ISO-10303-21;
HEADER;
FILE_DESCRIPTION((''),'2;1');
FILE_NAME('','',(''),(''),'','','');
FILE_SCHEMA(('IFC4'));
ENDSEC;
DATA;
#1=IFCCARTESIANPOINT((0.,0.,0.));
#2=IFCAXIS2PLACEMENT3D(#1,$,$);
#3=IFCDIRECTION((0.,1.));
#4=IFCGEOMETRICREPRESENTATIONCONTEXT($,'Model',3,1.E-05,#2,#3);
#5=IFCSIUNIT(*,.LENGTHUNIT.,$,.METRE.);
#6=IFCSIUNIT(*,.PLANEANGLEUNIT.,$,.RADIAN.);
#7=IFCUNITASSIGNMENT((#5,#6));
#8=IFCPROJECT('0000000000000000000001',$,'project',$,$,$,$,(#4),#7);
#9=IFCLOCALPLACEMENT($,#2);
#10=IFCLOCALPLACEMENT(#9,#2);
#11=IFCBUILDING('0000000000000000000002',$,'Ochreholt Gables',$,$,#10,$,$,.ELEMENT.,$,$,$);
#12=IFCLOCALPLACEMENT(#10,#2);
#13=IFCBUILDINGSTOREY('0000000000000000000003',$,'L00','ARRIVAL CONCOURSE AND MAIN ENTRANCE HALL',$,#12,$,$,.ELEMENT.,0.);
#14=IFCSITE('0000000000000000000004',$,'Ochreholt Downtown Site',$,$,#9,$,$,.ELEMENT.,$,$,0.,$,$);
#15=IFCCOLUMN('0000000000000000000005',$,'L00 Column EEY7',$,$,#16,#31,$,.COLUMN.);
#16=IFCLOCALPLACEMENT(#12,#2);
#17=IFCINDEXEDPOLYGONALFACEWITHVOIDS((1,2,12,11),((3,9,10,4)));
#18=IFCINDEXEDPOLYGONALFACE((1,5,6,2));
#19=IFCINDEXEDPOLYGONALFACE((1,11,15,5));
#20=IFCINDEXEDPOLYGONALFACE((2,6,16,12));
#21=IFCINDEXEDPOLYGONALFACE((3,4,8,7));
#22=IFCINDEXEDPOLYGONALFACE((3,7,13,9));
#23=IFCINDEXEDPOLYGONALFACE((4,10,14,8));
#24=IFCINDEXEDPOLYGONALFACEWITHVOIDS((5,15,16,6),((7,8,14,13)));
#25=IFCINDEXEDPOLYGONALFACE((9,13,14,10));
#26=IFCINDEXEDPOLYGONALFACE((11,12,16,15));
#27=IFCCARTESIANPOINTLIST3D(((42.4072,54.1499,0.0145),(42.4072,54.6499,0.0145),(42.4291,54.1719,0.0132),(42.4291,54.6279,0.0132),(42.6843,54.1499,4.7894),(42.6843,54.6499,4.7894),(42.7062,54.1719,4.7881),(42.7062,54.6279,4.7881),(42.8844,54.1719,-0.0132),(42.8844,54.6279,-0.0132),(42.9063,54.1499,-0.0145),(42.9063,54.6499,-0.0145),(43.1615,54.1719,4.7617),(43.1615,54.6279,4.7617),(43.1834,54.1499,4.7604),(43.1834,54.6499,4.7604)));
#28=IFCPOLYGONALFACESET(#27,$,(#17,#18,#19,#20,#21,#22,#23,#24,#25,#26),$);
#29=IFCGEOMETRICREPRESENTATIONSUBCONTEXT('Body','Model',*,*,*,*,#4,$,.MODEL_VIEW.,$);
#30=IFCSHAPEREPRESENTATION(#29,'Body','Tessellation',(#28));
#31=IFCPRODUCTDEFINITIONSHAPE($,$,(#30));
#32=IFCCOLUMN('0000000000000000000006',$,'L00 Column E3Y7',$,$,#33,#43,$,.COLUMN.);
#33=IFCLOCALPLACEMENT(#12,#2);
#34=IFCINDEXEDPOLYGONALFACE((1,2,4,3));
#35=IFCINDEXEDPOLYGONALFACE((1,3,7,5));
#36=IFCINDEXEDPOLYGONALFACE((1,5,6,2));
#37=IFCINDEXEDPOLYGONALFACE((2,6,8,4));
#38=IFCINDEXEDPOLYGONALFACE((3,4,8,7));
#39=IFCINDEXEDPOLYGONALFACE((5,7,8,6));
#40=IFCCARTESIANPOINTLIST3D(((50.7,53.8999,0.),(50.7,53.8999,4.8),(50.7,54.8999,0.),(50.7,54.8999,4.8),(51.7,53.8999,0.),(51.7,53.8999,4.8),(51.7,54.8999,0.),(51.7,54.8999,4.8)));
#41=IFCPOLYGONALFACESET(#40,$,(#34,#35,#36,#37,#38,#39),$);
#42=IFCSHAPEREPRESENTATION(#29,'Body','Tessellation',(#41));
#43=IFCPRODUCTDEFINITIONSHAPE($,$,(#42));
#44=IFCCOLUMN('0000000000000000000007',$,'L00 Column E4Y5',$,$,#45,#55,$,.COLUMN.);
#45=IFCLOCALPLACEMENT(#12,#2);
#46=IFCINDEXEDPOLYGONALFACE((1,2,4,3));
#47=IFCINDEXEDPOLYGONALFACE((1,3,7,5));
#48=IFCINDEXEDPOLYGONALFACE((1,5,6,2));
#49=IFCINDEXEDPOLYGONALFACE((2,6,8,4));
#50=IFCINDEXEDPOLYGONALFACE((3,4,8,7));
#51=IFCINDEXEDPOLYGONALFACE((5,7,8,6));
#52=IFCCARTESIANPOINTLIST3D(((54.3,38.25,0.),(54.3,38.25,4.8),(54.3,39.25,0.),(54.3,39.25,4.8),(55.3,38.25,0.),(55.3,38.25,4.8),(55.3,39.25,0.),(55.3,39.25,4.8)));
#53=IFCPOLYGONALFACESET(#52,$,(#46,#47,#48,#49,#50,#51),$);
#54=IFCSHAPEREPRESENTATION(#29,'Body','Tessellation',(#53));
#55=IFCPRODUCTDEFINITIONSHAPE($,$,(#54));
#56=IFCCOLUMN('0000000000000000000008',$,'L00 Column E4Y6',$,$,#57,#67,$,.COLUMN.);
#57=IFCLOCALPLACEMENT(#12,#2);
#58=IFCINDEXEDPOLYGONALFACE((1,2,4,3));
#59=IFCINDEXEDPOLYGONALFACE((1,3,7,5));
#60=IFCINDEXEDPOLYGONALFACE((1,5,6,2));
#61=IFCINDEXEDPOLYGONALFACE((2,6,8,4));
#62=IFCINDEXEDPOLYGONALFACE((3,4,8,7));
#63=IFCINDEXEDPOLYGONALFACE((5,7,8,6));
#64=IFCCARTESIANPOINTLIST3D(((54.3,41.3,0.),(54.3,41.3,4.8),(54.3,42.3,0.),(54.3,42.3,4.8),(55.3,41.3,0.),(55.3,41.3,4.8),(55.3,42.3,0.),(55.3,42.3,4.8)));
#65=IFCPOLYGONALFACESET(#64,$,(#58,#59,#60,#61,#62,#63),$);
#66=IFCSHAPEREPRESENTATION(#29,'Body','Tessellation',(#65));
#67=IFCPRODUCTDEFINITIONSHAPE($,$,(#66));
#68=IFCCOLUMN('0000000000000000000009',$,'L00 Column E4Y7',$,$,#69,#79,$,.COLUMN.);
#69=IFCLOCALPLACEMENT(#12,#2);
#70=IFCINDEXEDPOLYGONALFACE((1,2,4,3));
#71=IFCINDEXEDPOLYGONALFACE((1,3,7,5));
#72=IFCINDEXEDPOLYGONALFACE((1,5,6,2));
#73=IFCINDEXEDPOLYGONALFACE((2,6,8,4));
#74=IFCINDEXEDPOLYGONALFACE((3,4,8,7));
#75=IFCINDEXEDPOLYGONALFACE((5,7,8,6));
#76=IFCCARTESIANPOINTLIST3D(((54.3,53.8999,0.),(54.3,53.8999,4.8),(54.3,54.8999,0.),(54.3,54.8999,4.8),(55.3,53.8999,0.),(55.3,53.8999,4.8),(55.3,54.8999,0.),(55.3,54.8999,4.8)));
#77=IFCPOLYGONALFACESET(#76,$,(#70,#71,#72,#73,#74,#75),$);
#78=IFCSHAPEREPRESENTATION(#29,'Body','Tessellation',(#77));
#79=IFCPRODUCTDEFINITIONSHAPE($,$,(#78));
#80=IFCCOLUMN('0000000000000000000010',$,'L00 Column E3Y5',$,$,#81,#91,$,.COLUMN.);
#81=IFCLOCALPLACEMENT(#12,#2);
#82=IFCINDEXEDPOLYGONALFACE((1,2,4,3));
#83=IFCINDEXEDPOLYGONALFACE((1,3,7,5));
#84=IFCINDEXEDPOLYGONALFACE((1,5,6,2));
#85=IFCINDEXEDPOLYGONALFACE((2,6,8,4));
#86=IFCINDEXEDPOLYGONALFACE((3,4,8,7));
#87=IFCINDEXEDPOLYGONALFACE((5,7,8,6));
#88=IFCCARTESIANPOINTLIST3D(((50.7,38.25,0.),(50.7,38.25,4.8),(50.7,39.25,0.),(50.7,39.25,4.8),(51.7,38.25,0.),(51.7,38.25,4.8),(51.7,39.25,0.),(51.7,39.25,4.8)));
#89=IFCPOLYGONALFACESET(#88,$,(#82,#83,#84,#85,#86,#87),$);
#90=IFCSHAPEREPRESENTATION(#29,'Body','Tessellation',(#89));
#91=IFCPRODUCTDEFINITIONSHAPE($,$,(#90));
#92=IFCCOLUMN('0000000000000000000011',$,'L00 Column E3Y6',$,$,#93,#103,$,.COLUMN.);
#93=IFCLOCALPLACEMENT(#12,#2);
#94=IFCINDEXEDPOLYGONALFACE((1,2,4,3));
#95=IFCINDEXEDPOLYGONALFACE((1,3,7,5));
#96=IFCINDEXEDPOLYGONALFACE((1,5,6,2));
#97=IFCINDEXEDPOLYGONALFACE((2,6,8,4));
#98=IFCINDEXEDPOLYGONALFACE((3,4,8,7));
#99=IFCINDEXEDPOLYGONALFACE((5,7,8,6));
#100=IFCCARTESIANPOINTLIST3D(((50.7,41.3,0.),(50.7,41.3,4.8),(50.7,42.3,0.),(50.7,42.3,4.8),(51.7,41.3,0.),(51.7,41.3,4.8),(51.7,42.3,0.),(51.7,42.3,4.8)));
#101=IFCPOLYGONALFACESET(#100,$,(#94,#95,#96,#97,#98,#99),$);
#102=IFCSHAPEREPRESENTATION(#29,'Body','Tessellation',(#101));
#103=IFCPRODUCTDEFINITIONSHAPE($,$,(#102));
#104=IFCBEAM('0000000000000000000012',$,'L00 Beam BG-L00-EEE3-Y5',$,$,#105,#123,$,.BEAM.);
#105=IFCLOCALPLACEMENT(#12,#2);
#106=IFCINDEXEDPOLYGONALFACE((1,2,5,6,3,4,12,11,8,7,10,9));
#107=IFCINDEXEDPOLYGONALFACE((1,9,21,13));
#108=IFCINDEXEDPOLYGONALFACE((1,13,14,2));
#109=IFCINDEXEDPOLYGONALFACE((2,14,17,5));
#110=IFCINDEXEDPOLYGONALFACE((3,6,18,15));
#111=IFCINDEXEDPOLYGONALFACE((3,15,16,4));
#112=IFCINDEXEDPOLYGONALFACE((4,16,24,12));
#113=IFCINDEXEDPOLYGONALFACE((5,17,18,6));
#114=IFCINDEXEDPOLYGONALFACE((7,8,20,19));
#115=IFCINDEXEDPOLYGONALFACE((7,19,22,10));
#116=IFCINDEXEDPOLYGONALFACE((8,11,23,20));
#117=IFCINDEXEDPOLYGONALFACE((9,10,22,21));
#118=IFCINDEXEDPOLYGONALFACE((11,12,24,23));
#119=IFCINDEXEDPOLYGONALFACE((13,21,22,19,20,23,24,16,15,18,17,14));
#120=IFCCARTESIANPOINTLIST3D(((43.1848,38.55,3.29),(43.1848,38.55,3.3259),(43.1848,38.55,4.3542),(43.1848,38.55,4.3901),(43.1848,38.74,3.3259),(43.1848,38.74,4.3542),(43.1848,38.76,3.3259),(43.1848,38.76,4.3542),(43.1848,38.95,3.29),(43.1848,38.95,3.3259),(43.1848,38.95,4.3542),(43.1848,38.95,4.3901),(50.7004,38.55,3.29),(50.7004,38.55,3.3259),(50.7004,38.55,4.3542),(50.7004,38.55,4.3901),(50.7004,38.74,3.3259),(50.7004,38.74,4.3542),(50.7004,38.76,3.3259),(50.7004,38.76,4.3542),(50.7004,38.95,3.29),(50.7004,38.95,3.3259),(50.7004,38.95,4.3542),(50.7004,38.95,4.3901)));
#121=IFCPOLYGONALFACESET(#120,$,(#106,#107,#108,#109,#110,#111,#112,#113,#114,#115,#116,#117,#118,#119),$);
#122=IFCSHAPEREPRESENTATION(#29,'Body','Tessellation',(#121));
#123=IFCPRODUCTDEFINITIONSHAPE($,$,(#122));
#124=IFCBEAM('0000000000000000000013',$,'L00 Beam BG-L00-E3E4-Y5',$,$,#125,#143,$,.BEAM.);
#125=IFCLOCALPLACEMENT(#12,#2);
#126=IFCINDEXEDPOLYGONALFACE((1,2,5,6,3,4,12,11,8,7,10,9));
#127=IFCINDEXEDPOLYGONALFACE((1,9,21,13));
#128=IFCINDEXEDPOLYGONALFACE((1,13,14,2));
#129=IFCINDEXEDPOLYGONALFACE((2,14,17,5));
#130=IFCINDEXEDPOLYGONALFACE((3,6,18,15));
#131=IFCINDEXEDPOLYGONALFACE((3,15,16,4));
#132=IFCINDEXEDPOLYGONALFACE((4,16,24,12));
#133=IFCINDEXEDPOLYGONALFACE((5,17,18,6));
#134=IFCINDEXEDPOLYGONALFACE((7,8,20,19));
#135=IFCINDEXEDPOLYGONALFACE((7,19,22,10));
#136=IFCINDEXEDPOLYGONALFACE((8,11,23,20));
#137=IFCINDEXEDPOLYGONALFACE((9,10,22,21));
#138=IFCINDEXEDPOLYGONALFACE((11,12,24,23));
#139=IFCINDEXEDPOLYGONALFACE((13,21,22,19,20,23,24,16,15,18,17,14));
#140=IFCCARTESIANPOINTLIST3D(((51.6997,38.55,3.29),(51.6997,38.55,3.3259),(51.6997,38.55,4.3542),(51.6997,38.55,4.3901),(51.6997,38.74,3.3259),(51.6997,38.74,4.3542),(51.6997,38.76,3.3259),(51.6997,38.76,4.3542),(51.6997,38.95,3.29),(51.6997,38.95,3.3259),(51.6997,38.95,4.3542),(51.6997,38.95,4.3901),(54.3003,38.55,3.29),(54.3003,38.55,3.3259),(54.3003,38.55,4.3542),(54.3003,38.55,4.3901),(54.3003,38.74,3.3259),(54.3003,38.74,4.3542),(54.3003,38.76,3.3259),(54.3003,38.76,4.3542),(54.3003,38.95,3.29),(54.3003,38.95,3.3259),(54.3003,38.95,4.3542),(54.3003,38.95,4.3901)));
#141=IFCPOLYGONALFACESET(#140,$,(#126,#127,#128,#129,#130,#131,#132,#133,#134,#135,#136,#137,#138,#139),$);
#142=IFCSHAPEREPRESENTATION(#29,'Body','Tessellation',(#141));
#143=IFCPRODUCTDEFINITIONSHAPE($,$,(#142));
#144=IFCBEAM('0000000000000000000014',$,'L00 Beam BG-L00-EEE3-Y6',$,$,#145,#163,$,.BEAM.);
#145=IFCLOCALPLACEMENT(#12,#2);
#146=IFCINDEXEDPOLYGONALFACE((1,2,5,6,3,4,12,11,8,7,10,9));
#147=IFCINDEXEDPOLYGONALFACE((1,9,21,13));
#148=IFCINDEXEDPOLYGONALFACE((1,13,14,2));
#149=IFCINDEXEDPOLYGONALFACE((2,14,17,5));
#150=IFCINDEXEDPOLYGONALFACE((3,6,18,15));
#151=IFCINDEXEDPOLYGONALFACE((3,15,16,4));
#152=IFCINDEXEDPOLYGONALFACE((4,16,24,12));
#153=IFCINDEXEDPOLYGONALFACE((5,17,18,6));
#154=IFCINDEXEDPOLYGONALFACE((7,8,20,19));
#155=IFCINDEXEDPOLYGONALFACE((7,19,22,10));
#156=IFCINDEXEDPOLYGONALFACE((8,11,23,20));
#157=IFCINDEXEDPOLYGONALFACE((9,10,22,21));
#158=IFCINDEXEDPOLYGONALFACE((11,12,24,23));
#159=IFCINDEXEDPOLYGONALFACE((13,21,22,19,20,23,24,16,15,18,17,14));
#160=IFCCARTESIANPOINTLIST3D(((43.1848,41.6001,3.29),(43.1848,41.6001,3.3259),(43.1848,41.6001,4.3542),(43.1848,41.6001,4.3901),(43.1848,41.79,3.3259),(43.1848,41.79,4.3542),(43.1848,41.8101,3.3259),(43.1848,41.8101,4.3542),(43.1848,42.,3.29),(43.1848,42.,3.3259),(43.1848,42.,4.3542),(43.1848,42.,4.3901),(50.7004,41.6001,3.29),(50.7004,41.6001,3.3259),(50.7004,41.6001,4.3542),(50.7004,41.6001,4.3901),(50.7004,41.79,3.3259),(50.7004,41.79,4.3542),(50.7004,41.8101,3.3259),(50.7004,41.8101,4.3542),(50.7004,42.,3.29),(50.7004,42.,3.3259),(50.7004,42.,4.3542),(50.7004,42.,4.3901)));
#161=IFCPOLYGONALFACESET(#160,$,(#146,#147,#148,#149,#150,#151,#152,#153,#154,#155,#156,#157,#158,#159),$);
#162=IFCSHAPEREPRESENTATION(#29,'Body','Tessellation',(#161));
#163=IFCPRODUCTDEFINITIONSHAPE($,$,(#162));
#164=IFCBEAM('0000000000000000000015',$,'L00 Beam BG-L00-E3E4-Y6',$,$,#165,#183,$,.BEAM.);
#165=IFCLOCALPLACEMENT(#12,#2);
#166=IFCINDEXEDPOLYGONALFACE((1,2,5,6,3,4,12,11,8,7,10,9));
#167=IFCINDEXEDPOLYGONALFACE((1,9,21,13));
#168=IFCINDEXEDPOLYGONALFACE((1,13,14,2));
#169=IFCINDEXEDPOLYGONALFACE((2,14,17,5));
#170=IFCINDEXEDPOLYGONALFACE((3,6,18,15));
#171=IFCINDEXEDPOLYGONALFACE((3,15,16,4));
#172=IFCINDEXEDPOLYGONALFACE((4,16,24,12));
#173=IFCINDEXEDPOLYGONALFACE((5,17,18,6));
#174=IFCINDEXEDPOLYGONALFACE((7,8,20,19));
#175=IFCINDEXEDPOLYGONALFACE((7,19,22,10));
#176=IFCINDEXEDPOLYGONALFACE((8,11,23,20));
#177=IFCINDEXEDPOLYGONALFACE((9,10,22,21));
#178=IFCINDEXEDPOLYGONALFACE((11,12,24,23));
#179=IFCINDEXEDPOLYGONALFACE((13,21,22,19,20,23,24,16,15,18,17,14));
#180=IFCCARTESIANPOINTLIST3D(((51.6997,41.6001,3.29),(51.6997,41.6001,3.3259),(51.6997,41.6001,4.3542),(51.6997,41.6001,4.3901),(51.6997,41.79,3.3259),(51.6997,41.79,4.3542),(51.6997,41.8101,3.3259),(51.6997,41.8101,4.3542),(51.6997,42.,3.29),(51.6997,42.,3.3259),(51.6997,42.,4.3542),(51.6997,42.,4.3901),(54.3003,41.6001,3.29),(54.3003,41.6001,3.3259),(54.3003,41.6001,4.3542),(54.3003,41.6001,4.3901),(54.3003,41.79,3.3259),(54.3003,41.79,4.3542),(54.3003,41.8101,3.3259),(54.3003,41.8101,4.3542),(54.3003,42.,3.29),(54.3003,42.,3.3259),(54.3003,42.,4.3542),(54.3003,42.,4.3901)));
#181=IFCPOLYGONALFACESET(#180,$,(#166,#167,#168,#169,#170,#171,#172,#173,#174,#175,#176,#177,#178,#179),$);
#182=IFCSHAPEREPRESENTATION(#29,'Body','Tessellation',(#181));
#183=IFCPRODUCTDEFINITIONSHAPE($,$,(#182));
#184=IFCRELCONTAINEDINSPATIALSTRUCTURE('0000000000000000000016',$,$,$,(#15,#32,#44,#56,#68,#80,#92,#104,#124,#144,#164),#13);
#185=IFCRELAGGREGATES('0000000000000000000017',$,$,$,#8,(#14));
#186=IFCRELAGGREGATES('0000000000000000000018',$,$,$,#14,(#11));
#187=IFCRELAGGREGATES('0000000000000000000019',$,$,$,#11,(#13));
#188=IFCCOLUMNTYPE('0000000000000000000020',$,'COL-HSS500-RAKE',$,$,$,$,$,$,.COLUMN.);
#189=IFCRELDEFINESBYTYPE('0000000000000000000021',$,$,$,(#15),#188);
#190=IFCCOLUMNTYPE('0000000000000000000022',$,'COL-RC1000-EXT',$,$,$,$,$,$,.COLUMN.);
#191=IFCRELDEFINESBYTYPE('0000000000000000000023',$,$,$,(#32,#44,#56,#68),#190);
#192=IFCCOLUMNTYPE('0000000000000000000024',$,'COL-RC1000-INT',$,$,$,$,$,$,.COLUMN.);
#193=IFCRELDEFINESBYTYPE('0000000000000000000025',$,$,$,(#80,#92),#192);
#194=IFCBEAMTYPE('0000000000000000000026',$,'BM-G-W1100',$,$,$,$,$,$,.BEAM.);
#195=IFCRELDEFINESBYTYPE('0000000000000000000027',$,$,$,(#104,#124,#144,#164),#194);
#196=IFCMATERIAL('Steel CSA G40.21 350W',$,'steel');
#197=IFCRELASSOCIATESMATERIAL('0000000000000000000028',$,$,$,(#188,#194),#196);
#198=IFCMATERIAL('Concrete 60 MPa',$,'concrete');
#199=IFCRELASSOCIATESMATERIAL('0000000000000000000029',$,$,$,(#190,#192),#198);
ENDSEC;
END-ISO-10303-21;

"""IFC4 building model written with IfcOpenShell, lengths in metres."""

from ifc_helpers import new_model, si_unit, direction, frame, origin, origin_2d, place, context, subcontext, project, spatial, rectangle, hollow_rectangle, i_section, extrude, material, material_profile, profile_set, type_object, element, save


model = new_model("IFC4")

# Units and contexts
model_context = context("Model", 3, precision=1e-05, world=origin(), true_north=direction((0.0, 1.0)))
body_context = subcontext(model_context, "Body", "Model", "MODEL_VIEW")
ifc_project = project(units=[si_unit("LENGTHUNIT", "METRE"), si_unit("PLANEANGLEUNIT", "RADIAN")], contexts=[model_context])

# Site, building, storey
site_placement = place(None, origin())
site = spatial("IfcSite", under=ifc_project, at=site_placement, Name="Ochreholt Downtown Site", CompositionType="ELEMENT", RefElevation=0.0)
building_placement = place(site_placement, origin())
building = spatial("IfcBuilding", under=site, at=building_placement, Name="Ochreholt Gables", CompositionType="ELEMENT")
storey_placement = place(building_placement, origin())
storey = spatial("IfcBuildingStorey", under=building, at=storey_placement, Name="L00", Description="ARRIVAL CONCOURSE AND MAIN ENTRANCE HALL", CompositionType="ELEMENT", Elevation=0.0)

# Columns
ifc_material_1 = material(Name="Steel CSA G40.21 350W", Category="steel")
ifc_material_profile_1 = material_profile(ifc_material_1, hollow_rectangle(XDim=0.5, YDim=0.5, WallThickness=0.022, at=origin_2d()), Name="HSS500X500X22")
ifc_profile_set_1 = profile_set([ifc_material_profile_1], Name="Steel CSA G40.21 350W")
column_type_1 = type_object("IfcColumnType", Name="COL-HSS500-RAKE", PredefinedType="COLUMN", material=ifc_profile_set_1)
column_placement = place(storey_placement, frame((42.6567, 54.3999, 0.0), z_axis=(0.057935, 0.0, 0.99832), x_axis=(0.0, 1.0, 0.0)))
element("IfcColumn", 1, at=column_placement, inside=storey, type_object=column_type_1, Name="L00 Column EEY7", PredefinedType="COLUMN", context=body_context, shape_type="SweptSolid", body=[
    extrude(hollow_rectangle(XDim=0.5, YDim=0.5, WallThickness=0.022, at=origin_2d()), origin(), (0.0, 0.0, 1.0), 4.783),
])
ifc_material_2 = material(Name="Concrete 60 MPa", Category="concrete")
ifc_material_profile_2 = material_profile(ifc_material_2, rectangle(XDim=1.0, YDim=1.0, at=origin_2d()), Name="RC1000X1000")
ifc_profile_set_2 = profile_set([ifc_material_profile_2], Name="Concrete 60 MPa")
column_type_2 = type_object("IfcColumnType", Name="COL-RC1000-EXT", PredefinedType="COLUMN", material=ifc_profile_set_2)
for number, where, z_axis, x_axis, name in (
    (2, (51.2, 54.3999, 0.0), (0.0, 0.0, 1.0), (1.0, 0.0, 0.0), "L00 Column E3Y7"),
    (3, (54.8, 38.75, 0.0), (0.0, 0.0, 1.0), (1.0, 0.0, 0.0), "L00 Column E4Y5"),
    (4, (54.8, 41.8, 0.0), (0.0, 0.0, 1.0), (1.0, 0.0, 0.0), "L00 Column E4Y6"),
    (5, (54.8, 54.3999, 0.0), (0.0, 0.0, 1.0), (1.0, 0.0, 0.0), "L00 Column E4Y7"),
):
    element("IfcColumn", number, at=place(storey_placement, frame(where, z_axis=z_axis, x_axis=x_axis)), inside=storey, type_object=column_type_2, Name=name, PredefinedType="COLUMN", context=body_context, shape_type="SweptSolid", body=[
        extrude(rectangle(XDim=1.0, YDim=1.0, at=origin_2d()), origin(), (0.0, 0.0, 1.0), 4.8),
    ])
ifc_material_profile_3 = material_profile(ifc_material_2, rectangle(XDim=1.0, YDim=1.0, at=origin_2d()), Name="RC1000X1000")
ifc_profile_set_3 = profile_set([ifc_material_profile_3], Name="Concrete 60 MPa")
column_type_3 = type_object("IfcColumnType", Name="COL-RC1000-INT", PredefinedType="COLUMN", material=ifc_profile_set_3)
for number, where, z_axis, x_axis, name in (
    (6, (51.2, 38.75, 0.0), (0.0, 0.0, 1.0), (1.0, 0.0, 0.0), "L00 Column E3Y5"),
    (7, (51.2, 41.8, 0.0), (0.0, 0.0, 1.0), (1.0, 0.0, 0.0), "L00 Column E3Y6"),
):
    element("IfcColumn", number, at=place(storey_placement, frame(where, z_axis=z_axis, x_axis=x_axis)), inside=storey, type_object=column_type_3, Name=name, PredefinedType="COLUMN", context=body_context, shape_type="SweptSolid", body=[
        extrude(rectangle(XDim=1.0, YDim=1.0, at=origin_2d()), origin(), (0.0, 0.0, 1.0), 4.8),
    ])

# Beams
ifc_material_profile_4 = material_profile(ifc_material_1, i_section(OverallWidth=0.3999, OverallDepth=1.1001, WebThickness=0.02, FlangeThickness=0.0359, at=origin_2d()), Name="W1100X390")
ifc_profile_set_4 = profile_set([ifc_material_profile_4], Name="Steel CSA G40.21 350W")
beam_type_1 = type_object("IfcBeamType", Name="BM-G-W1100", PredefinedType="BEAM", material=ifc_profile_set_4)
beam_1_placement = place(storey_placement, frame((43.1848, 38.75, 3.8401), z_axis=(1.0, 0.0, 0.0), x_axis=(0.0, 1.0, 0.0)))
element("IfcBeam", 8, at=beam_1_placement, inside=storey, type_object=beam_type_1, Name="L00 Beam BG-L00-EEE3-Y5", PredefinedType="BEAM", context=body_context, shape_type="SweptSolid", body=[
    extrude(i_section(OverallWidth=0.3999, OverallDepth=1.1001, WebThickness=0.02, FlangeThickness=0.0359, at=origin_2d()), origin(), (0.0, 0.0, 1.0), 7.5156),
])
beam_2_placement = place(storey_placement, frame((51.6997, 38.75, 3.8401), z_axis=(1.0, 0.0, 0.0), x_axis=(0.0, 1.0, 0.0)))
element("IfcBeam", 9, at=beam_2_placement, inside=storey, type_object=beam_type_1, Name="L00 Beam BG-L00-E3E4-Y5", PredefinedType="BEAM", context=body_context, shape_type="SweptSolid", body=[
    extrude(i_section(OverallWidth=0.3999, OverallDepth=1.1001, WebThickness=0.02, FlangeThickness=0.0359, at=origin_2d()), origin(), (0.0, 0.0, 1.0), 2.6006),
])
beam_3_placement = place(storey_placement, frame((43.1848, 41.8, 3.8401), z_axis=(1.0, 0.0, 0.0), x_axis=(0.0, 1.0, 0.0)))
element("IfcBeam", 10, at=beam_3_placement, inside=storey, type_object=beam_type_1, Name="L00 Beam BG-L00-EEE3-Y6", PredefinedType="BEAM", context=body_context, shape_type="SweptSolid", body=[
    extrude(i_section(OverallWidth=0.3999, OverallDepth=1.1001, WebThickness=0.02, FlangeThickness=0.0359, at=origin_2d()), origin(), (0.0, 0.0, 1.0), 7.5156),
])
beam_4_placement = place(storey_placement, frame((51.6997, 41.8, 3.8401), z_axis=(1.0, 0.0, 0.0), x_axis=(0.0, 1.0, 0.0)))
element("IfcBeam", 11, at=beam_4_placement, inside=storey, type_object=beam_type_1, Name="L00 Beam BG-L00-E3E4-Y6", PredefinedType="BEAM", context=body_context, shape_type="SweptSolid", body=[
    extrude(i_section(OverallWidth=0.3999, OverallDepth=1.1001, WebThickness=0.02, FlangeThickness=0.0359, at=origin_2d()), origin(), (0.0, 0.0, 1.0), 2.6006),
])

save(model, "model.ifc")
